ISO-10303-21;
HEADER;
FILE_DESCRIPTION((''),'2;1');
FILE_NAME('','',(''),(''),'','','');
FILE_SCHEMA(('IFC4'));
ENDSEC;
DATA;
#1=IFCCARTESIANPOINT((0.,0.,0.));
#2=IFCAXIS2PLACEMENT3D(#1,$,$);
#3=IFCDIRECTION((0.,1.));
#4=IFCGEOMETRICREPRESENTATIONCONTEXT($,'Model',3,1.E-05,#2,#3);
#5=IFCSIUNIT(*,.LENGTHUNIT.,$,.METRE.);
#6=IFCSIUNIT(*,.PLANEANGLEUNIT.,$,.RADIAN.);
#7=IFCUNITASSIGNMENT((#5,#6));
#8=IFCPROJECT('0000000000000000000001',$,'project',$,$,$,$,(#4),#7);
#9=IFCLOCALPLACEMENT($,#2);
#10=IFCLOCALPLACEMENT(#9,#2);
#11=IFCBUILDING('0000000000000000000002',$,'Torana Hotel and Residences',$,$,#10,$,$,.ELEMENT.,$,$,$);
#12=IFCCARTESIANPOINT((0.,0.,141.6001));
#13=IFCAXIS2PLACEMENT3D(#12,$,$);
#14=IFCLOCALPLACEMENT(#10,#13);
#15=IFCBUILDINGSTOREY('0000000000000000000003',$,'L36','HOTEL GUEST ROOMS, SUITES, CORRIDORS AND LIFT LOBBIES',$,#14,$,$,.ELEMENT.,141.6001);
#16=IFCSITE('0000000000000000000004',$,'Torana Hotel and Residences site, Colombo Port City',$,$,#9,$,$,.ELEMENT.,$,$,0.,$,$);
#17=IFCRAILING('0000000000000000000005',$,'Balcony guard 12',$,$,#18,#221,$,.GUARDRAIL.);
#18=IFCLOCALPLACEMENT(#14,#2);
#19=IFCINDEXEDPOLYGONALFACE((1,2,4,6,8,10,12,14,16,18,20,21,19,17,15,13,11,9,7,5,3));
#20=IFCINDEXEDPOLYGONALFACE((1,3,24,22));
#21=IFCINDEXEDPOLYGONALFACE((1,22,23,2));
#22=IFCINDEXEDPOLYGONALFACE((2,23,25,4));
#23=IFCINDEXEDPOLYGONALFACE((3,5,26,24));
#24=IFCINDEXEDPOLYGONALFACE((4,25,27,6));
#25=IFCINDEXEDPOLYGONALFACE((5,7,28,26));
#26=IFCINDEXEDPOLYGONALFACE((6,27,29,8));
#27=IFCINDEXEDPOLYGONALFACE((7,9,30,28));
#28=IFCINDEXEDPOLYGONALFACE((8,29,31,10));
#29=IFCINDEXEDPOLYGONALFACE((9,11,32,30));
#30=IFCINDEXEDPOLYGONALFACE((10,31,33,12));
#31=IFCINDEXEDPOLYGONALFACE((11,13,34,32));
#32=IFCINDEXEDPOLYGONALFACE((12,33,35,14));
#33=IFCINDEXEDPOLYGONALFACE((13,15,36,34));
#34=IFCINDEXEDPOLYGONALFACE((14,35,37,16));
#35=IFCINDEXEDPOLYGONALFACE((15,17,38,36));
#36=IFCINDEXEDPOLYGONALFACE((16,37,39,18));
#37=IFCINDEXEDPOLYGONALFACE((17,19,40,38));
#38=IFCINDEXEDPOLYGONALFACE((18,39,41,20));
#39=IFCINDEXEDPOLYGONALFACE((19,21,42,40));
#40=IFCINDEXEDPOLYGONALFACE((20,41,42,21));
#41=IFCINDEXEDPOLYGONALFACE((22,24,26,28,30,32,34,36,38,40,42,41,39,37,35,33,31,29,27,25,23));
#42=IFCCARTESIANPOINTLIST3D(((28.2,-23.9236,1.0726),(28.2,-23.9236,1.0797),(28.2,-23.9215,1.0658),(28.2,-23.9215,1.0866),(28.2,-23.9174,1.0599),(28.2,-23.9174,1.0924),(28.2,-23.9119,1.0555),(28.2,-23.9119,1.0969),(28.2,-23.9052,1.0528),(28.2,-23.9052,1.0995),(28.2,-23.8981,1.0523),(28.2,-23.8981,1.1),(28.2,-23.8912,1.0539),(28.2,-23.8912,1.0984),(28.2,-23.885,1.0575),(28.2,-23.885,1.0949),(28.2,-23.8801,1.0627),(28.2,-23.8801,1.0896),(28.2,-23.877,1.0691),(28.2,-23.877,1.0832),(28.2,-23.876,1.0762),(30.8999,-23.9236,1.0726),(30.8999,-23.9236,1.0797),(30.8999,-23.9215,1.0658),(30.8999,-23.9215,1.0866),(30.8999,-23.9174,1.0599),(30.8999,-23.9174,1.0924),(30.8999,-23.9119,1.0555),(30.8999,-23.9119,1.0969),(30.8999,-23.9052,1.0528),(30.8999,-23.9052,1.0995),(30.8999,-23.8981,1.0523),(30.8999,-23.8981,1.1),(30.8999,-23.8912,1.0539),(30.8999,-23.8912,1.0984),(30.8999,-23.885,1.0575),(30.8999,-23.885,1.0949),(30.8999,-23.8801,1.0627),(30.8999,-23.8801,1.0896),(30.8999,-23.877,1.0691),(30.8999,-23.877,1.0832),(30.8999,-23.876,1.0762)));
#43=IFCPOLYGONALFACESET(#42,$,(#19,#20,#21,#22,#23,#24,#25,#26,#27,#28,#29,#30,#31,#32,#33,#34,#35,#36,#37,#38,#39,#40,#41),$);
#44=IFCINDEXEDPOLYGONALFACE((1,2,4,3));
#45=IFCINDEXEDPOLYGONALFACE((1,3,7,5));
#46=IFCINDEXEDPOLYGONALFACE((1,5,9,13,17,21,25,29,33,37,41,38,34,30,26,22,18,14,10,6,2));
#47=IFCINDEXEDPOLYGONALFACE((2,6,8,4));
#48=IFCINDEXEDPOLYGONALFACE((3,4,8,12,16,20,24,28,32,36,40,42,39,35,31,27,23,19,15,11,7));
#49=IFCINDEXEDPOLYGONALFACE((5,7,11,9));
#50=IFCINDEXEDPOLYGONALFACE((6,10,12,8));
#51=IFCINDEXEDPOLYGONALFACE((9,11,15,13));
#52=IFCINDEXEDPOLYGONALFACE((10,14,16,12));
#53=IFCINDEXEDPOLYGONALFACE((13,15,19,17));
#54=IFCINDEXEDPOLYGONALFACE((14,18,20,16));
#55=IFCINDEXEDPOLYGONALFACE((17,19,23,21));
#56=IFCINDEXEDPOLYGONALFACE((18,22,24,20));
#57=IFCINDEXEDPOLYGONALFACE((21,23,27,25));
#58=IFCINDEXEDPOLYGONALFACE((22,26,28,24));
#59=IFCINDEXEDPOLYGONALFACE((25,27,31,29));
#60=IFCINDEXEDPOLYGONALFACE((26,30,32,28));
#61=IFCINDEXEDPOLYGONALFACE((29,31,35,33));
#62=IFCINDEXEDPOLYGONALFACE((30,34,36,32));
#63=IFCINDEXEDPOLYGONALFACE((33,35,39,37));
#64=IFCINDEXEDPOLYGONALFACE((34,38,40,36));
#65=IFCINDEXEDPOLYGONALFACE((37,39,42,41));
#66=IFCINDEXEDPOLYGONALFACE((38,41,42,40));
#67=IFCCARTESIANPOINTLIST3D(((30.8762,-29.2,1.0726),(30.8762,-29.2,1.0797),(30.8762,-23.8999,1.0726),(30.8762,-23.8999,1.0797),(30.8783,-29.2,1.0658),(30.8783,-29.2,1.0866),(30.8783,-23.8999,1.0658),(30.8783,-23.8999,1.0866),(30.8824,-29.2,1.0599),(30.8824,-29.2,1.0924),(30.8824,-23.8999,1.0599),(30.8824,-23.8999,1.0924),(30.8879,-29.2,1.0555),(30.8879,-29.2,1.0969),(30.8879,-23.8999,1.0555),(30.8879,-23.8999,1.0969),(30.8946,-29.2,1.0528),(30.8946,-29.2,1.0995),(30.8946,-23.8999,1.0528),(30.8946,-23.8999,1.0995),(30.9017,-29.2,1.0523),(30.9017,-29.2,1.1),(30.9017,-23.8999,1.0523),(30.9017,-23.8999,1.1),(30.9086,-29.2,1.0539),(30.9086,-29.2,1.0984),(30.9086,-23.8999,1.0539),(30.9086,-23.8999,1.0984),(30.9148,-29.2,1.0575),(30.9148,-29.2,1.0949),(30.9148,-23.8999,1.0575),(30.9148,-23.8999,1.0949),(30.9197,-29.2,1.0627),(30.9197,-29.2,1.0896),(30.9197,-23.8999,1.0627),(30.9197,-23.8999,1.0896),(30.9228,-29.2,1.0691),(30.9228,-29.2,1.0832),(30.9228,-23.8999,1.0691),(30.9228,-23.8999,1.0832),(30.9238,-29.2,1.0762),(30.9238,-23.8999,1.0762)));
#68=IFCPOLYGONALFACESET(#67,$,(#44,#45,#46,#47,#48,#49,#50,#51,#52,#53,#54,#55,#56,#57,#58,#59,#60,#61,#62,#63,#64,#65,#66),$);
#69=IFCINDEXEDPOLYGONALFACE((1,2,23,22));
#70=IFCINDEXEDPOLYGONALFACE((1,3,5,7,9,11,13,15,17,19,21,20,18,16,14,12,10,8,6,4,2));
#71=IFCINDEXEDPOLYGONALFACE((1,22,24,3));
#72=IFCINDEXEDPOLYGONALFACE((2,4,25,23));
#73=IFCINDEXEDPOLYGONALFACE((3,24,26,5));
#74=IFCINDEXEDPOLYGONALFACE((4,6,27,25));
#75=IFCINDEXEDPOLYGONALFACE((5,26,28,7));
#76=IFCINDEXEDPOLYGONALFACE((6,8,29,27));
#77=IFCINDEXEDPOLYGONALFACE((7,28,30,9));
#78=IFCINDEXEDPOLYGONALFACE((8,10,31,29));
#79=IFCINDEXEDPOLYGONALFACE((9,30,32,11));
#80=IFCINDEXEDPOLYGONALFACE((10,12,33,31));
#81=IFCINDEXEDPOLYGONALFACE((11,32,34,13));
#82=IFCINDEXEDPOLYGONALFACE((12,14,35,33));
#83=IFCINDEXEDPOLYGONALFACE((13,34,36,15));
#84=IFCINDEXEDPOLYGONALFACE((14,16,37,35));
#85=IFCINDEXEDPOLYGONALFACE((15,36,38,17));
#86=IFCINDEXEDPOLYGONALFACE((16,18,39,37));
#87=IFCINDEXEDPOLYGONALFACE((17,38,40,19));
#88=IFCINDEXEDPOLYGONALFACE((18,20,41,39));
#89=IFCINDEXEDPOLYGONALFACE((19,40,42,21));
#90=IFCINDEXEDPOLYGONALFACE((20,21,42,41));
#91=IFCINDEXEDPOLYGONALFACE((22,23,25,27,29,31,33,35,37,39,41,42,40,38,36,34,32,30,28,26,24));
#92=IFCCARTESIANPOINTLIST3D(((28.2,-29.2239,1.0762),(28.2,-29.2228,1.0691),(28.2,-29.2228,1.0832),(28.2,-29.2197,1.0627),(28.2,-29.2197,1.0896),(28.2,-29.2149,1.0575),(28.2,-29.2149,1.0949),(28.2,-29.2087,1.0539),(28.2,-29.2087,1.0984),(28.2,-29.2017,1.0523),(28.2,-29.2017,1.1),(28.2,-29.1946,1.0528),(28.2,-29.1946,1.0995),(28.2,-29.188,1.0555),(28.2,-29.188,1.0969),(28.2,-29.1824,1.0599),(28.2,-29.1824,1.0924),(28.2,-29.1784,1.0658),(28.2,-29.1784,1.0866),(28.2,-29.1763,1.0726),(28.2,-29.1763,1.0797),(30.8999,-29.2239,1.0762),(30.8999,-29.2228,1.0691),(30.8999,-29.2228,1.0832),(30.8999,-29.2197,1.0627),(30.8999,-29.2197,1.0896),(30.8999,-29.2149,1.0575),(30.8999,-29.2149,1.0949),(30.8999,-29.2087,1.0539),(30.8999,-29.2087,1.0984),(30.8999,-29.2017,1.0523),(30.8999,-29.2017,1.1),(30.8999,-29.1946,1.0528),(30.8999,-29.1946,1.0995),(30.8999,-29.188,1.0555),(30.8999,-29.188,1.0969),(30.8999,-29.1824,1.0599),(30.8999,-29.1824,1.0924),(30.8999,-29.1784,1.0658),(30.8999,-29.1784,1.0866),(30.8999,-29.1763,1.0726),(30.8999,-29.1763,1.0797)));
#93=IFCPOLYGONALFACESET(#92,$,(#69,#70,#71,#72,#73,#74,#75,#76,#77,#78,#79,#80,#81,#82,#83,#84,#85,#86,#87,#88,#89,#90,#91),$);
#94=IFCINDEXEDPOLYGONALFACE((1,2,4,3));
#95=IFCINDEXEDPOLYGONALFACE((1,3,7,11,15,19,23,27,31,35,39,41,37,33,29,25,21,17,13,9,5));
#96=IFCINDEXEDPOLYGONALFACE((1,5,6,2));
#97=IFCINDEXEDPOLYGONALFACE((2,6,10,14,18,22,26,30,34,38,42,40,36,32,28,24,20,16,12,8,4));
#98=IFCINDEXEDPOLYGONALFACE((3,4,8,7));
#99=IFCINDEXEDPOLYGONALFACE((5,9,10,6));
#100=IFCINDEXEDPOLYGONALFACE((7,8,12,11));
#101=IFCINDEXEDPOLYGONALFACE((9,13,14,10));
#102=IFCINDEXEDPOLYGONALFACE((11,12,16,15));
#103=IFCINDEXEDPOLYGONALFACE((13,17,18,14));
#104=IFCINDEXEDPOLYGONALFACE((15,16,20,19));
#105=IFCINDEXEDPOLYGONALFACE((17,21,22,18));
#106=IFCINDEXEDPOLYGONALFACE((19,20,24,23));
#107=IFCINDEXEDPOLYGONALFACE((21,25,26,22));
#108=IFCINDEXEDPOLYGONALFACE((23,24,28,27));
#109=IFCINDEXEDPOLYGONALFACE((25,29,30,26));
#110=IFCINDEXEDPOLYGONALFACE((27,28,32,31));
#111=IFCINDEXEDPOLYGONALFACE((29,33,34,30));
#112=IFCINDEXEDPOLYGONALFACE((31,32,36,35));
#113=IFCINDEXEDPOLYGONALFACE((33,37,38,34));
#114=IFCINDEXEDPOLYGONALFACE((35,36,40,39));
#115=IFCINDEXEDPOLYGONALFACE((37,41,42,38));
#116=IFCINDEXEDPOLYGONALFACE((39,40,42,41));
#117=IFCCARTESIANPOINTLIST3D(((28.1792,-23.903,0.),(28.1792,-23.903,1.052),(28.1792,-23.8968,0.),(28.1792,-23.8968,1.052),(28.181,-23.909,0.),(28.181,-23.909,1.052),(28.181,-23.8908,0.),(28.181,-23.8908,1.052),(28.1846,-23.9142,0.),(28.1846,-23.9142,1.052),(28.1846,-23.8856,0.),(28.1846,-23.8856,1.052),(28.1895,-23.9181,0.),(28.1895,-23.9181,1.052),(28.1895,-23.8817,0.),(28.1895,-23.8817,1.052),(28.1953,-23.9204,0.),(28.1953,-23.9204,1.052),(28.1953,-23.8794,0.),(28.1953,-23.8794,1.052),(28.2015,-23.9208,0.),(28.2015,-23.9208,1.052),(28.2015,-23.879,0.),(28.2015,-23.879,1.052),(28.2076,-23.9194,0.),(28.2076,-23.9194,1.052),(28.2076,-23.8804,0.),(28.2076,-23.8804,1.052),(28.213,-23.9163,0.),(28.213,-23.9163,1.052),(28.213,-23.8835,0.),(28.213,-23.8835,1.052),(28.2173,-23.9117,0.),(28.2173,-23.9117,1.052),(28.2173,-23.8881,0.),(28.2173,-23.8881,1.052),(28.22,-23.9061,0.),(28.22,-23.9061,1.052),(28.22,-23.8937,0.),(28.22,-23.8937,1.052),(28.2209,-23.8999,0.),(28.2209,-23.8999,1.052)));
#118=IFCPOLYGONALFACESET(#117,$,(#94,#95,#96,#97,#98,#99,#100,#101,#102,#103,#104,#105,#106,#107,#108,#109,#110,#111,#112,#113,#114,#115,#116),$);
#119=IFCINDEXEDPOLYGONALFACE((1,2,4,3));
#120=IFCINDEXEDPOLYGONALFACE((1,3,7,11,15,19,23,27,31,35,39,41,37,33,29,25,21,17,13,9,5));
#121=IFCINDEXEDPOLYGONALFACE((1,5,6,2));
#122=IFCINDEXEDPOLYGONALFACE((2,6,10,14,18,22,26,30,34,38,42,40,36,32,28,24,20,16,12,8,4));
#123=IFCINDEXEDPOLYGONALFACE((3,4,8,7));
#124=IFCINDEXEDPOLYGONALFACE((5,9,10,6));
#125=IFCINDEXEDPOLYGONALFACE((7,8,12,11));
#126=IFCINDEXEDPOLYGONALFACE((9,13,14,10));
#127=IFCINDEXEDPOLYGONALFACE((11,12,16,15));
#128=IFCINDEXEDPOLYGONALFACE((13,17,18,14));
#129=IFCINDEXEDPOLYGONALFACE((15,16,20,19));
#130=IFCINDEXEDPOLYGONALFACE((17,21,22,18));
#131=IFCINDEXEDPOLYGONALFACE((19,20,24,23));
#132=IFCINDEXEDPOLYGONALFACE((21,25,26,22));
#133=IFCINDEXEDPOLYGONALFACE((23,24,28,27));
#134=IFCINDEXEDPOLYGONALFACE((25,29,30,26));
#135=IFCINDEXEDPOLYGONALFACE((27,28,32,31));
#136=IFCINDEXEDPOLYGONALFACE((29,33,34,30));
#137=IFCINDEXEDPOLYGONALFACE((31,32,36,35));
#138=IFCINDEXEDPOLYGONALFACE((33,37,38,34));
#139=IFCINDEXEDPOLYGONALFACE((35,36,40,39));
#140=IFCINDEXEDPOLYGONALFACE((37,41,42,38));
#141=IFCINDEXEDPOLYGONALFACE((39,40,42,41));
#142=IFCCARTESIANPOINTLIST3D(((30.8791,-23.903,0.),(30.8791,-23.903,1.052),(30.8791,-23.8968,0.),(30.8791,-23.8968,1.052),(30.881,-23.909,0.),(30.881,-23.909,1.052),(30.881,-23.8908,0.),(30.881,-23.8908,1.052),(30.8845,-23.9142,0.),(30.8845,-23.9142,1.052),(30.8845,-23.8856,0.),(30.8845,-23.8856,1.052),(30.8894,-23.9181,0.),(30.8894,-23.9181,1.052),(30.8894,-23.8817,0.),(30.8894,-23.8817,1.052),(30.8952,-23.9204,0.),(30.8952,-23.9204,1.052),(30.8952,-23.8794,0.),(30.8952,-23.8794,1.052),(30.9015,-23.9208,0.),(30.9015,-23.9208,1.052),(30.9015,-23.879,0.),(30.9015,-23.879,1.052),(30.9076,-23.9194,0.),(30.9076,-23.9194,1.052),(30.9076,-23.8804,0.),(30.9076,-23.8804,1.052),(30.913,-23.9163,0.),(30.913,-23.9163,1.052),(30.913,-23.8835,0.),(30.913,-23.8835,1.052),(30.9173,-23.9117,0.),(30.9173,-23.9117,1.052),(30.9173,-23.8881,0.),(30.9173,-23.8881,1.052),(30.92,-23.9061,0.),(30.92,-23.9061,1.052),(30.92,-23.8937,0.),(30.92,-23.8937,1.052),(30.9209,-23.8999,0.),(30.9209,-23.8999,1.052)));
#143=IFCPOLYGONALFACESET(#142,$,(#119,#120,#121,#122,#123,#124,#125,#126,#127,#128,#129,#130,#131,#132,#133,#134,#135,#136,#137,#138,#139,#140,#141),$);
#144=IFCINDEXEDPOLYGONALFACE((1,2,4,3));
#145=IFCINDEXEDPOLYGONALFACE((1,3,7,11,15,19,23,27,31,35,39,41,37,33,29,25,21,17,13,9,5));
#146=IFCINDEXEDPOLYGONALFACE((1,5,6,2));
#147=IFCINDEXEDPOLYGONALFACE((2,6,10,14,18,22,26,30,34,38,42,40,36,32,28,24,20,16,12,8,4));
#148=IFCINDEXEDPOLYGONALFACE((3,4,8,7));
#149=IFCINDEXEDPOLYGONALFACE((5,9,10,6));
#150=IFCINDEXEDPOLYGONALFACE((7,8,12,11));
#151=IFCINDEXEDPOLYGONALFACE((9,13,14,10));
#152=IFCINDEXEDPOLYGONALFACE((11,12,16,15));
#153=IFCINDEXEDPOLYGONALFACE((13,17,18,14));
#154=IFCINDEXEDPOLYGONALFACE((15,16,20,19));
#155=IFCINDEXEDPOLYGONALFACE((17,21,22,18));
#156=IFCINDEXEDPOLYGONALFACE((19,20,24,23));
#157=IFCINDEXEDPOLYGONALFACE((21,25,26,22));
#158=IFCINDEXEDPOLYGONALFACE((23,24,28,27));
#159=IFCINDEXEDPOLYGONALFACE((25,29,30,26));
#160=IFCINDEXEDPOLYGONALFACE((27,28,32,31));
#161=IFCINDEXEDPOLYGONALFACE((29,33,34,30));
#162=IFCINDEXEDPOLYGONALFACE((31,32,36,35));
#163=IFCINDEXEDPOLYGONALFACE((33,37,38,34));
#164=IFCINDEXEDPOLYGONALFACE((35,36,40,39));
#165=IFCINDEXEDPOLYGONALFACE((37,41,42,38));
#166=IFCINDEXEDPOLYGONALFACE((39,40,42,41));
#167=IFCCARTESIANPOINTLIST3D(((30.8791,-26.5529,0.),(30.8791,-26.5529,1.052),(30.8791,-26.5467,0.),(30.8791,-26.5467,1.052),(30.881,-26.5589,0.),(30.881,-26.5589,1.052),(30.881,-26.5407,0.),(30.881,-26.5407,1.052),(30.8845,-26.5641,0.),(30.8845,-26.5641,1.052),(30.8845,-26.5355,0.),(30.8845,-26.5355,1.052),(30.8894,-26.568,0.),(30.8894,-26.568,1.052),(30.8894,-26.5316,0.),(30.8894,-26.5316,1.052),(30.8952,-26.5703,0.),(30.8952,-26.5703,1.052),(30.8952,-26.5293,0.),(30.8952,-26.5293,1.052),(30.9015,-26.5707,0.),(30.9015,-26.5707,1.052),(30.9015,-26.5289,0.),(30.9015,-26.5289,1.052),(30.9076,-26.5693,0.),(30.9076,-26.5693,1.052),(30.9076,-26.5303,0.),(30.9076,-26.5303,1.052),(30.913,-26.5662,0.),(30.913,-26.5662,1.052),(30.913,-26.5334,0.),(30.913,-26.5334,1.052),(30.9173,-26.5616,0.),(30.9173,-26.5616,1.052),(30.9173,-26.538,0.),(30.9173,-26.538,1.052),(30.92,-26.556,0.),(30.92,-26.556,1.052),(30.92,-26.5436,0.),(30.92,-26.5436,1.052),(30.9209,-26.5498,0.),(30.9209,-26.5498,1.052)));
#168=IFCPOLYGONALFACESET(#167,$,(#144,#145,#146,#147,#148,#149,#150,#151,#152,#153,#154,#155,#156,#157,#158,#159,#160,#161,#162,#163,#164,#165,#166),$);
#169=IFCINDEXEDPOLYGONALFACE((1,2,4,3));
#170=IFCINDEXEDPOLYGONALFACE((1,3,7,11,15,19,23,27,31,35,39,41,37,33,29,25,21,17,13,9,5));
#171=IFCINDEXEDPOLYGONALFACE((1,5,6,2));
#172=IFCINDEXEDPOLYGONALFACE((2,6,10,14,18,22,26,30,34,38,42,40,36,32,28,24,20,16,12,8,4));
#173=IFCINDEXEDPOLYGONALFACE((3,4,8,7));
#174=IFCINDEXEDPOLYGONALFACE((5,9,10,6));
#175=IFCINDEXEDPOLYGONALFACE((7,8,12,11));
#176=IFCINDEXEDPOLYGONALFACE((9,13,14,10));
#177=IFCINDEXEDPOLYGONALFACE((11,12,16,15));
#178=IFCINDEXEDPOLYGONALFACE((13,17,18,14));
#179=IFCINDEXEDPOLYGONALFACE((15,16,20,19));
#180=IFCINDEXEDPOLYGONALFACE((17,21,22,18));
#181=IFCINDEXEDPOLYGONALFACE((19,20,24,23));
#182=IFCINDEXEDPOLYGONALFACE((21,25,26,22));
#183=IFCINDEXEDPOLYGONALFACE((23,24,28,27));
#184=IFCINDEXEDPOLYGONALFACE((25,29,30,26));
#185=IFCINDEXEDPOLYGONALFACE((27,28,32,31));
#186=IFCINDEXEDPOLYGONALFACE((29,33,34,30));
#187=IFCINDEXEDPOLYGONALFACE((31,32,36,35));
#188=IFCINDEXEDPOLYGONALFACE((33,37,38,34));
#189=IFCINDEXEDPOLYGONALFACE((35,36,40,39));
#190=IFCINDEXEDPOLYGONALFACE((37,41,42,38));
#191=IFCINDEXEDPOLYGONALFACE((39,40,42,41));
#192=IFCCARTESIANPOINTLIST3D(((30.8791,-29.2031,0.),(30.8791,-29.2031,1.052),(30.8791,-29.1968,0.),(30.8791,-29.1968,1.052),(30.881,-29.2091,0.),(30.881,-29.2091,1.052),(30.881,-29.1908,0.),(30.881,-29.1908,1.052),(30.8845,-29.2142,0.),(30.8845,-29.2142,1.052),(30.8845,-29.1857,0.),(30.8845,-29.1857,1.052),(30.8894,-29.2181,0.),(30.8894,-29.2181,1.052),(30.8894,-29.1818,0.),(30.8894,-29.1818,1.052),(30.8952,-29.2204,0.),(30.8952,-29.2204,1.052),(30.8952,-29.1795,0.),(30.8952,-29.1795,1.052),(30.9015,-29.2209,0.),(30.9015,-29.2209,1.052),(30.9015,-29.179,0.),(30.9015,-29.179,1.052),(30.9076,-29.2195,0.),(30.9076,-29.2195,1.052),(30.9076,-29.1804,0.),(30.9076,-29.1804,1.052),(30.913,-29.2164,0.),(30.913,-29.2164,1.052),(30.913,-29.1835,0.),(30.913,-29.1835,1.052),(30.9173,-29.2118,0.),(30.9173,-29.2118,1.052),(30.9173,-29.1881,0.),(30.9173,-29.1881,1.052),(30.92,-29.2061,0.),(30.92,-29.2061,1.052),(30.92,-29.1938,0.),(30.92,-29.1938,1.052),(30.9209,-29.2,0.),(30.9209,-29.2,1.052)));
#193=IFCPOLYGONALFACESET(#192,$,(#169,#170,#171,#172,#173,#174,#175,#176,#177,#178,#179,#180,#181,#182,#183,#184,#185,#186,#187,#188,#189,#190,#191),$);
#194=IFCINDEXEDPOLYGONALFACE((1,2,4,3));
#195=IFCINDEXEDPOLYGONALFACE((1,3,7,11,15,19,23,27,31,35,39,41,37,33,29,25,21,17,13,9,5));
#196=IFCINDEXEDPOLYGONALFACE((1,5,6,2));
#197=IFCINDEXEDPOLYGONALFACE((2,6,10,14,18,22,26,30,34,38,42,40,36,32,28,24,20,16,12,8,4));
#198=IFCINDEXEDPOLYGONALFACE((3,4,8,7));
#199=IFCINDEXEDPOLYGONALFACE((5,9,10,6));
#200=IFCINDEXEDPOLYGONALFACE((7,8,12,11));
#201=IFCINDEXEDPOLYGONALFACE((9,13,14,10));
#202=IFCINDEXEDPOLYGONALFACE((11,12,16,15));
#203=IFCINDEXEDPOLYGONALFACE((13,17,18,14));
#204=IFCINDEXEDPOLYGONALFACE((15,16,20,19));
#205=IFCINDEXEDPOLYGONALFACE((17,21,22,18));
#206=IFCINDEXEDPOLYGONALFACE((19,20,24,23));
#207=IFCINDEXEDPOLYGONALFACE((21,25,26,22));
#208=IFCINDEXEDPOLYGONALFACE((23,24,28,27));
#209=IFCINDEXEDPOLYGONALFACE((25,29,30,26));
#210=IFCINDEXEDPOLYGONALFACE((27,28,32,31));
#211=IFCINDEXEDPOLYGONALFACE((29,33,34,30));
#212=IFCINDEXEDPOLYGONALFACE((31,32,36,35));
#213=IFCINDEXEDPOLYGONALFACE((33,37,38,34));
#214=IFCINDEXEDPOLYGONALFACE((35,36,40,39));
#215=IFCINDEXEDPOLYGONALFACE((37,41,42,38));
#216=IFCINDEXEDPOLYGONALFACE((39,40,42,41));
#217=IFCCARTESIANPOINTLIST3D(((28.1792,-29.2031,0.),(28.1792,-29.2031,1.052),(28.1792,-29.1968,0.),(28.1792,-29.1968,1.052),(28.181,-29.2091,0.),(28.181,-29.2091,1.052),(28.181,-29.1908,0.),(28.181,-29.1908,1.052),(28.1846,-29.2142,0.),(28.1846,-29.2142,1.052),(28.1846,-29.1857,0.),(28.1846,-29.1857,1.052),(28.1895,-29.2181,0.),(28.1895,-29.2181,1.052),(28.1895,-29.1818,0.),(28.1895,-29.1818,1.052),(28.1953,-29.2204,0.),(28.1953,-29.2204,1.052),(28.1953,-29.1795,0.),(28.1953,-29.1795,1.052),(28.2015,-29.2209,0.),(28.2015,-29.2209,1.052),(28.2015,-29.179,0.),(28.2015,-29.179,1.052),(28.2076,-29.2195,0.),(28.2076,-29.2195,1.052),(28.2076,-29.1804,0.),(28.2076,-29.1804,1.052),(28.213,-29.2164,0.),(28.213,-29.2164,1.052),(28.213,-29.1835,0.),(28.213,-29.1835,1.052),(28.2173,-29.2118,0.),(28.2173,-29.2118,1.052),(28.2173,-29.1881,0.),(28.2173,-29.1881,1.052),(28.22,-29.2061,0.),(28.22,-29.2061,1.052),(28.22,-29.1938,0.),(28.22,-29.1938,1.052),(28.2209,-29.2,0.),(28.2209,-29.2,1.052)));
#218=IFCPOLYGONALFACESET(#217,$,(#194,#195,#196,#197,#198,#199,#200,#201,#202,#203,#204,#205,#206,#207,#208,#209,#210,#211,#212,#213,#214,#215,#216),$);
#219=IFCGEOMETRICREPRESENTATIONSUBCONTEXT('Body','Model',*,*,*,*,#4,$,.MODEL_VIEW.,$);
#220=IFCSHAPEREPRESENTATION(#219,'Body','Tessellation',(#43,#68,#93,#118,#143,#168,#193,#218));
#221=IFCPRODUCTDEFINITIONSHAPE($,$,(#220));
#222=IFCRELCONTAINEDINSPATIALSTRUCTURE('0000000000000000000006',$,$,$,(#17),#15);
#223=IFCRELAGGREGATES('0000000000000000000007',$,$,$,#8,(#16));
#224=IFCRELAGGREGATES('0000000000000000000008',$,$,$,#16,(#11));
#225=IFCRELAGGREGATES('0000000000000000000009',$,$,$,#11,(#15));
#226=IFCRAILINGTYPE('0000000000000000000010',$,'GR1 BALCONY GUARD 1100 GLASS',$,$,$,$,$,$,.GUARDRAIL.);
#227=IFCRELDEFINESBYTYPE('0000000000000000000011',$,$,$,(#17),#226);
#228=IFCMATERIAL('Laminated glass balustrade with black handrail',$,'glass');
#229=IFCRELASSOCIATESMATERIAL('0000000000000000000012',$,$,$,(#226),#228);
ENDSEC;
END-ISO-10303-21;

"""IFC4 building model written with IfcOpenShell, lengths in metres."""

from ifc_helpers import new_model, si_unit, direction, frame, origin, origin_2d, place, context, subcontext, project, spatial, circle, extrude, material, type_object, element, save


model = new_model("IFC4")

# Units and contexts
model_context = context("Model", 3, precision=1e-05, world=origin(), true_north=direction((0.0, 1.0)))
body_context = subcontext(model_context, "Body", "Model", "MODEL_VIEW")
ifc_project = project(units=[si_unit("LENGTHUNIT", "METRE"), si_unit("PLANEANGLEUNIT", "RADIAN")], contexts=[model_context])

# Site, building, storey
site_placement = place(None, origin())
site = spatial("IfcSite", under=ifc_project, at=site_placement, Name="Torana Hotel and Residences site, Colombo Port City", CompositionType="ELEMENT", RefElevation=0.0)
building_placement = place(site_placement, origin())
building = spatial("IfcBuilding", under=site, at=building_placement, Name="Torana Hotel and Residences", CompositionType="ELEMENT")
storey_placement = place(building_placement, frame((0.0, 0.0, 141.6001)))
storey = spatial("IfcBuildingStorey", under=building, at=storey_placement, Name="L36", Description="HOTEL GUEST ROOMS, SUITES, CORRIDORS AND LIFT LOBBIES", CompositionType="ELEMENT", Elevation=141.6001)

# Railing
ifc_material_1 = material(Name="Laminated glass balustrade with black handrail", Category="glass")
railing_type = type_object("IfcRailingType", Name="GR1 BALCONY GUARD 1100 GLASS", PredefinedType="GUARDRAIL", material=ifc_material_1)
railing_1_placement = place(storey_placement, frame((28.2, -23.8999, 0.0)))
element("IfcRailing", 1, at=railing_1_placement, inside=storey, type_object=railing_type, Name="Balcony guard 12", PredefinedType="GUARDRAIL", context=body_context, shape_type="SweptSolid", body=[
    extrude(circle(Radius=0.0239, at=origin_2d()), frame((0.0, 0.0, 1.0762), z_axis=(1.0, 0.0, 0.0), x_axis=(0.0, 1.0, 0.0)), (0.0, 0.0, 1.0), 2.7),
    extrude(circle(Radius=0.0239, at=origin_2d()), frame((2.7, 0.0, 1.0762), z_axis=(0.0, -1.0, 0.0), x_axis=(1.0, 0.0, 0.0)), (0.0, 0.0, 1.0), 5.3),
    extrude(circle(Radius=0.0239, at=origin_2d()), frame((2.7, -5.3, 1.0762), z_axis=(-1.0, 0.0, 0.0), x_axis=(0.0, -1.0, 0.0)), (0.0, 0.0, 1.0), 2.7),
    extrude(circle(Radius=0.021, at=origin_2d()), origin(), (0.0, 0.0, 1.0), 1.052),
    extrude(circle(Radius=0.021, at=origin_2d()), frame((2.7, 0.0, 0.0)), (0.0, 0.0, 1.0), 1.052),
    extrude(circle(Radius=0.021, at=origin_2d()), frame((2.7, -2.6499, 0.0)), (0.0, 0.0, 1.0), 1.052),
    extrude(circle(Radius=0.021, at=origin_2d()), frame((2.7, -5.3, 0.0)), (0.0, 0.0, 1.0), 1.052),
    extrude(circle(Radius=0.021, at=origin_2d()), frame((0.0, -5.3, 0.0)), (0.0, 0.0, 1.0), 1.052),
])

save(model, "model.ifc")
